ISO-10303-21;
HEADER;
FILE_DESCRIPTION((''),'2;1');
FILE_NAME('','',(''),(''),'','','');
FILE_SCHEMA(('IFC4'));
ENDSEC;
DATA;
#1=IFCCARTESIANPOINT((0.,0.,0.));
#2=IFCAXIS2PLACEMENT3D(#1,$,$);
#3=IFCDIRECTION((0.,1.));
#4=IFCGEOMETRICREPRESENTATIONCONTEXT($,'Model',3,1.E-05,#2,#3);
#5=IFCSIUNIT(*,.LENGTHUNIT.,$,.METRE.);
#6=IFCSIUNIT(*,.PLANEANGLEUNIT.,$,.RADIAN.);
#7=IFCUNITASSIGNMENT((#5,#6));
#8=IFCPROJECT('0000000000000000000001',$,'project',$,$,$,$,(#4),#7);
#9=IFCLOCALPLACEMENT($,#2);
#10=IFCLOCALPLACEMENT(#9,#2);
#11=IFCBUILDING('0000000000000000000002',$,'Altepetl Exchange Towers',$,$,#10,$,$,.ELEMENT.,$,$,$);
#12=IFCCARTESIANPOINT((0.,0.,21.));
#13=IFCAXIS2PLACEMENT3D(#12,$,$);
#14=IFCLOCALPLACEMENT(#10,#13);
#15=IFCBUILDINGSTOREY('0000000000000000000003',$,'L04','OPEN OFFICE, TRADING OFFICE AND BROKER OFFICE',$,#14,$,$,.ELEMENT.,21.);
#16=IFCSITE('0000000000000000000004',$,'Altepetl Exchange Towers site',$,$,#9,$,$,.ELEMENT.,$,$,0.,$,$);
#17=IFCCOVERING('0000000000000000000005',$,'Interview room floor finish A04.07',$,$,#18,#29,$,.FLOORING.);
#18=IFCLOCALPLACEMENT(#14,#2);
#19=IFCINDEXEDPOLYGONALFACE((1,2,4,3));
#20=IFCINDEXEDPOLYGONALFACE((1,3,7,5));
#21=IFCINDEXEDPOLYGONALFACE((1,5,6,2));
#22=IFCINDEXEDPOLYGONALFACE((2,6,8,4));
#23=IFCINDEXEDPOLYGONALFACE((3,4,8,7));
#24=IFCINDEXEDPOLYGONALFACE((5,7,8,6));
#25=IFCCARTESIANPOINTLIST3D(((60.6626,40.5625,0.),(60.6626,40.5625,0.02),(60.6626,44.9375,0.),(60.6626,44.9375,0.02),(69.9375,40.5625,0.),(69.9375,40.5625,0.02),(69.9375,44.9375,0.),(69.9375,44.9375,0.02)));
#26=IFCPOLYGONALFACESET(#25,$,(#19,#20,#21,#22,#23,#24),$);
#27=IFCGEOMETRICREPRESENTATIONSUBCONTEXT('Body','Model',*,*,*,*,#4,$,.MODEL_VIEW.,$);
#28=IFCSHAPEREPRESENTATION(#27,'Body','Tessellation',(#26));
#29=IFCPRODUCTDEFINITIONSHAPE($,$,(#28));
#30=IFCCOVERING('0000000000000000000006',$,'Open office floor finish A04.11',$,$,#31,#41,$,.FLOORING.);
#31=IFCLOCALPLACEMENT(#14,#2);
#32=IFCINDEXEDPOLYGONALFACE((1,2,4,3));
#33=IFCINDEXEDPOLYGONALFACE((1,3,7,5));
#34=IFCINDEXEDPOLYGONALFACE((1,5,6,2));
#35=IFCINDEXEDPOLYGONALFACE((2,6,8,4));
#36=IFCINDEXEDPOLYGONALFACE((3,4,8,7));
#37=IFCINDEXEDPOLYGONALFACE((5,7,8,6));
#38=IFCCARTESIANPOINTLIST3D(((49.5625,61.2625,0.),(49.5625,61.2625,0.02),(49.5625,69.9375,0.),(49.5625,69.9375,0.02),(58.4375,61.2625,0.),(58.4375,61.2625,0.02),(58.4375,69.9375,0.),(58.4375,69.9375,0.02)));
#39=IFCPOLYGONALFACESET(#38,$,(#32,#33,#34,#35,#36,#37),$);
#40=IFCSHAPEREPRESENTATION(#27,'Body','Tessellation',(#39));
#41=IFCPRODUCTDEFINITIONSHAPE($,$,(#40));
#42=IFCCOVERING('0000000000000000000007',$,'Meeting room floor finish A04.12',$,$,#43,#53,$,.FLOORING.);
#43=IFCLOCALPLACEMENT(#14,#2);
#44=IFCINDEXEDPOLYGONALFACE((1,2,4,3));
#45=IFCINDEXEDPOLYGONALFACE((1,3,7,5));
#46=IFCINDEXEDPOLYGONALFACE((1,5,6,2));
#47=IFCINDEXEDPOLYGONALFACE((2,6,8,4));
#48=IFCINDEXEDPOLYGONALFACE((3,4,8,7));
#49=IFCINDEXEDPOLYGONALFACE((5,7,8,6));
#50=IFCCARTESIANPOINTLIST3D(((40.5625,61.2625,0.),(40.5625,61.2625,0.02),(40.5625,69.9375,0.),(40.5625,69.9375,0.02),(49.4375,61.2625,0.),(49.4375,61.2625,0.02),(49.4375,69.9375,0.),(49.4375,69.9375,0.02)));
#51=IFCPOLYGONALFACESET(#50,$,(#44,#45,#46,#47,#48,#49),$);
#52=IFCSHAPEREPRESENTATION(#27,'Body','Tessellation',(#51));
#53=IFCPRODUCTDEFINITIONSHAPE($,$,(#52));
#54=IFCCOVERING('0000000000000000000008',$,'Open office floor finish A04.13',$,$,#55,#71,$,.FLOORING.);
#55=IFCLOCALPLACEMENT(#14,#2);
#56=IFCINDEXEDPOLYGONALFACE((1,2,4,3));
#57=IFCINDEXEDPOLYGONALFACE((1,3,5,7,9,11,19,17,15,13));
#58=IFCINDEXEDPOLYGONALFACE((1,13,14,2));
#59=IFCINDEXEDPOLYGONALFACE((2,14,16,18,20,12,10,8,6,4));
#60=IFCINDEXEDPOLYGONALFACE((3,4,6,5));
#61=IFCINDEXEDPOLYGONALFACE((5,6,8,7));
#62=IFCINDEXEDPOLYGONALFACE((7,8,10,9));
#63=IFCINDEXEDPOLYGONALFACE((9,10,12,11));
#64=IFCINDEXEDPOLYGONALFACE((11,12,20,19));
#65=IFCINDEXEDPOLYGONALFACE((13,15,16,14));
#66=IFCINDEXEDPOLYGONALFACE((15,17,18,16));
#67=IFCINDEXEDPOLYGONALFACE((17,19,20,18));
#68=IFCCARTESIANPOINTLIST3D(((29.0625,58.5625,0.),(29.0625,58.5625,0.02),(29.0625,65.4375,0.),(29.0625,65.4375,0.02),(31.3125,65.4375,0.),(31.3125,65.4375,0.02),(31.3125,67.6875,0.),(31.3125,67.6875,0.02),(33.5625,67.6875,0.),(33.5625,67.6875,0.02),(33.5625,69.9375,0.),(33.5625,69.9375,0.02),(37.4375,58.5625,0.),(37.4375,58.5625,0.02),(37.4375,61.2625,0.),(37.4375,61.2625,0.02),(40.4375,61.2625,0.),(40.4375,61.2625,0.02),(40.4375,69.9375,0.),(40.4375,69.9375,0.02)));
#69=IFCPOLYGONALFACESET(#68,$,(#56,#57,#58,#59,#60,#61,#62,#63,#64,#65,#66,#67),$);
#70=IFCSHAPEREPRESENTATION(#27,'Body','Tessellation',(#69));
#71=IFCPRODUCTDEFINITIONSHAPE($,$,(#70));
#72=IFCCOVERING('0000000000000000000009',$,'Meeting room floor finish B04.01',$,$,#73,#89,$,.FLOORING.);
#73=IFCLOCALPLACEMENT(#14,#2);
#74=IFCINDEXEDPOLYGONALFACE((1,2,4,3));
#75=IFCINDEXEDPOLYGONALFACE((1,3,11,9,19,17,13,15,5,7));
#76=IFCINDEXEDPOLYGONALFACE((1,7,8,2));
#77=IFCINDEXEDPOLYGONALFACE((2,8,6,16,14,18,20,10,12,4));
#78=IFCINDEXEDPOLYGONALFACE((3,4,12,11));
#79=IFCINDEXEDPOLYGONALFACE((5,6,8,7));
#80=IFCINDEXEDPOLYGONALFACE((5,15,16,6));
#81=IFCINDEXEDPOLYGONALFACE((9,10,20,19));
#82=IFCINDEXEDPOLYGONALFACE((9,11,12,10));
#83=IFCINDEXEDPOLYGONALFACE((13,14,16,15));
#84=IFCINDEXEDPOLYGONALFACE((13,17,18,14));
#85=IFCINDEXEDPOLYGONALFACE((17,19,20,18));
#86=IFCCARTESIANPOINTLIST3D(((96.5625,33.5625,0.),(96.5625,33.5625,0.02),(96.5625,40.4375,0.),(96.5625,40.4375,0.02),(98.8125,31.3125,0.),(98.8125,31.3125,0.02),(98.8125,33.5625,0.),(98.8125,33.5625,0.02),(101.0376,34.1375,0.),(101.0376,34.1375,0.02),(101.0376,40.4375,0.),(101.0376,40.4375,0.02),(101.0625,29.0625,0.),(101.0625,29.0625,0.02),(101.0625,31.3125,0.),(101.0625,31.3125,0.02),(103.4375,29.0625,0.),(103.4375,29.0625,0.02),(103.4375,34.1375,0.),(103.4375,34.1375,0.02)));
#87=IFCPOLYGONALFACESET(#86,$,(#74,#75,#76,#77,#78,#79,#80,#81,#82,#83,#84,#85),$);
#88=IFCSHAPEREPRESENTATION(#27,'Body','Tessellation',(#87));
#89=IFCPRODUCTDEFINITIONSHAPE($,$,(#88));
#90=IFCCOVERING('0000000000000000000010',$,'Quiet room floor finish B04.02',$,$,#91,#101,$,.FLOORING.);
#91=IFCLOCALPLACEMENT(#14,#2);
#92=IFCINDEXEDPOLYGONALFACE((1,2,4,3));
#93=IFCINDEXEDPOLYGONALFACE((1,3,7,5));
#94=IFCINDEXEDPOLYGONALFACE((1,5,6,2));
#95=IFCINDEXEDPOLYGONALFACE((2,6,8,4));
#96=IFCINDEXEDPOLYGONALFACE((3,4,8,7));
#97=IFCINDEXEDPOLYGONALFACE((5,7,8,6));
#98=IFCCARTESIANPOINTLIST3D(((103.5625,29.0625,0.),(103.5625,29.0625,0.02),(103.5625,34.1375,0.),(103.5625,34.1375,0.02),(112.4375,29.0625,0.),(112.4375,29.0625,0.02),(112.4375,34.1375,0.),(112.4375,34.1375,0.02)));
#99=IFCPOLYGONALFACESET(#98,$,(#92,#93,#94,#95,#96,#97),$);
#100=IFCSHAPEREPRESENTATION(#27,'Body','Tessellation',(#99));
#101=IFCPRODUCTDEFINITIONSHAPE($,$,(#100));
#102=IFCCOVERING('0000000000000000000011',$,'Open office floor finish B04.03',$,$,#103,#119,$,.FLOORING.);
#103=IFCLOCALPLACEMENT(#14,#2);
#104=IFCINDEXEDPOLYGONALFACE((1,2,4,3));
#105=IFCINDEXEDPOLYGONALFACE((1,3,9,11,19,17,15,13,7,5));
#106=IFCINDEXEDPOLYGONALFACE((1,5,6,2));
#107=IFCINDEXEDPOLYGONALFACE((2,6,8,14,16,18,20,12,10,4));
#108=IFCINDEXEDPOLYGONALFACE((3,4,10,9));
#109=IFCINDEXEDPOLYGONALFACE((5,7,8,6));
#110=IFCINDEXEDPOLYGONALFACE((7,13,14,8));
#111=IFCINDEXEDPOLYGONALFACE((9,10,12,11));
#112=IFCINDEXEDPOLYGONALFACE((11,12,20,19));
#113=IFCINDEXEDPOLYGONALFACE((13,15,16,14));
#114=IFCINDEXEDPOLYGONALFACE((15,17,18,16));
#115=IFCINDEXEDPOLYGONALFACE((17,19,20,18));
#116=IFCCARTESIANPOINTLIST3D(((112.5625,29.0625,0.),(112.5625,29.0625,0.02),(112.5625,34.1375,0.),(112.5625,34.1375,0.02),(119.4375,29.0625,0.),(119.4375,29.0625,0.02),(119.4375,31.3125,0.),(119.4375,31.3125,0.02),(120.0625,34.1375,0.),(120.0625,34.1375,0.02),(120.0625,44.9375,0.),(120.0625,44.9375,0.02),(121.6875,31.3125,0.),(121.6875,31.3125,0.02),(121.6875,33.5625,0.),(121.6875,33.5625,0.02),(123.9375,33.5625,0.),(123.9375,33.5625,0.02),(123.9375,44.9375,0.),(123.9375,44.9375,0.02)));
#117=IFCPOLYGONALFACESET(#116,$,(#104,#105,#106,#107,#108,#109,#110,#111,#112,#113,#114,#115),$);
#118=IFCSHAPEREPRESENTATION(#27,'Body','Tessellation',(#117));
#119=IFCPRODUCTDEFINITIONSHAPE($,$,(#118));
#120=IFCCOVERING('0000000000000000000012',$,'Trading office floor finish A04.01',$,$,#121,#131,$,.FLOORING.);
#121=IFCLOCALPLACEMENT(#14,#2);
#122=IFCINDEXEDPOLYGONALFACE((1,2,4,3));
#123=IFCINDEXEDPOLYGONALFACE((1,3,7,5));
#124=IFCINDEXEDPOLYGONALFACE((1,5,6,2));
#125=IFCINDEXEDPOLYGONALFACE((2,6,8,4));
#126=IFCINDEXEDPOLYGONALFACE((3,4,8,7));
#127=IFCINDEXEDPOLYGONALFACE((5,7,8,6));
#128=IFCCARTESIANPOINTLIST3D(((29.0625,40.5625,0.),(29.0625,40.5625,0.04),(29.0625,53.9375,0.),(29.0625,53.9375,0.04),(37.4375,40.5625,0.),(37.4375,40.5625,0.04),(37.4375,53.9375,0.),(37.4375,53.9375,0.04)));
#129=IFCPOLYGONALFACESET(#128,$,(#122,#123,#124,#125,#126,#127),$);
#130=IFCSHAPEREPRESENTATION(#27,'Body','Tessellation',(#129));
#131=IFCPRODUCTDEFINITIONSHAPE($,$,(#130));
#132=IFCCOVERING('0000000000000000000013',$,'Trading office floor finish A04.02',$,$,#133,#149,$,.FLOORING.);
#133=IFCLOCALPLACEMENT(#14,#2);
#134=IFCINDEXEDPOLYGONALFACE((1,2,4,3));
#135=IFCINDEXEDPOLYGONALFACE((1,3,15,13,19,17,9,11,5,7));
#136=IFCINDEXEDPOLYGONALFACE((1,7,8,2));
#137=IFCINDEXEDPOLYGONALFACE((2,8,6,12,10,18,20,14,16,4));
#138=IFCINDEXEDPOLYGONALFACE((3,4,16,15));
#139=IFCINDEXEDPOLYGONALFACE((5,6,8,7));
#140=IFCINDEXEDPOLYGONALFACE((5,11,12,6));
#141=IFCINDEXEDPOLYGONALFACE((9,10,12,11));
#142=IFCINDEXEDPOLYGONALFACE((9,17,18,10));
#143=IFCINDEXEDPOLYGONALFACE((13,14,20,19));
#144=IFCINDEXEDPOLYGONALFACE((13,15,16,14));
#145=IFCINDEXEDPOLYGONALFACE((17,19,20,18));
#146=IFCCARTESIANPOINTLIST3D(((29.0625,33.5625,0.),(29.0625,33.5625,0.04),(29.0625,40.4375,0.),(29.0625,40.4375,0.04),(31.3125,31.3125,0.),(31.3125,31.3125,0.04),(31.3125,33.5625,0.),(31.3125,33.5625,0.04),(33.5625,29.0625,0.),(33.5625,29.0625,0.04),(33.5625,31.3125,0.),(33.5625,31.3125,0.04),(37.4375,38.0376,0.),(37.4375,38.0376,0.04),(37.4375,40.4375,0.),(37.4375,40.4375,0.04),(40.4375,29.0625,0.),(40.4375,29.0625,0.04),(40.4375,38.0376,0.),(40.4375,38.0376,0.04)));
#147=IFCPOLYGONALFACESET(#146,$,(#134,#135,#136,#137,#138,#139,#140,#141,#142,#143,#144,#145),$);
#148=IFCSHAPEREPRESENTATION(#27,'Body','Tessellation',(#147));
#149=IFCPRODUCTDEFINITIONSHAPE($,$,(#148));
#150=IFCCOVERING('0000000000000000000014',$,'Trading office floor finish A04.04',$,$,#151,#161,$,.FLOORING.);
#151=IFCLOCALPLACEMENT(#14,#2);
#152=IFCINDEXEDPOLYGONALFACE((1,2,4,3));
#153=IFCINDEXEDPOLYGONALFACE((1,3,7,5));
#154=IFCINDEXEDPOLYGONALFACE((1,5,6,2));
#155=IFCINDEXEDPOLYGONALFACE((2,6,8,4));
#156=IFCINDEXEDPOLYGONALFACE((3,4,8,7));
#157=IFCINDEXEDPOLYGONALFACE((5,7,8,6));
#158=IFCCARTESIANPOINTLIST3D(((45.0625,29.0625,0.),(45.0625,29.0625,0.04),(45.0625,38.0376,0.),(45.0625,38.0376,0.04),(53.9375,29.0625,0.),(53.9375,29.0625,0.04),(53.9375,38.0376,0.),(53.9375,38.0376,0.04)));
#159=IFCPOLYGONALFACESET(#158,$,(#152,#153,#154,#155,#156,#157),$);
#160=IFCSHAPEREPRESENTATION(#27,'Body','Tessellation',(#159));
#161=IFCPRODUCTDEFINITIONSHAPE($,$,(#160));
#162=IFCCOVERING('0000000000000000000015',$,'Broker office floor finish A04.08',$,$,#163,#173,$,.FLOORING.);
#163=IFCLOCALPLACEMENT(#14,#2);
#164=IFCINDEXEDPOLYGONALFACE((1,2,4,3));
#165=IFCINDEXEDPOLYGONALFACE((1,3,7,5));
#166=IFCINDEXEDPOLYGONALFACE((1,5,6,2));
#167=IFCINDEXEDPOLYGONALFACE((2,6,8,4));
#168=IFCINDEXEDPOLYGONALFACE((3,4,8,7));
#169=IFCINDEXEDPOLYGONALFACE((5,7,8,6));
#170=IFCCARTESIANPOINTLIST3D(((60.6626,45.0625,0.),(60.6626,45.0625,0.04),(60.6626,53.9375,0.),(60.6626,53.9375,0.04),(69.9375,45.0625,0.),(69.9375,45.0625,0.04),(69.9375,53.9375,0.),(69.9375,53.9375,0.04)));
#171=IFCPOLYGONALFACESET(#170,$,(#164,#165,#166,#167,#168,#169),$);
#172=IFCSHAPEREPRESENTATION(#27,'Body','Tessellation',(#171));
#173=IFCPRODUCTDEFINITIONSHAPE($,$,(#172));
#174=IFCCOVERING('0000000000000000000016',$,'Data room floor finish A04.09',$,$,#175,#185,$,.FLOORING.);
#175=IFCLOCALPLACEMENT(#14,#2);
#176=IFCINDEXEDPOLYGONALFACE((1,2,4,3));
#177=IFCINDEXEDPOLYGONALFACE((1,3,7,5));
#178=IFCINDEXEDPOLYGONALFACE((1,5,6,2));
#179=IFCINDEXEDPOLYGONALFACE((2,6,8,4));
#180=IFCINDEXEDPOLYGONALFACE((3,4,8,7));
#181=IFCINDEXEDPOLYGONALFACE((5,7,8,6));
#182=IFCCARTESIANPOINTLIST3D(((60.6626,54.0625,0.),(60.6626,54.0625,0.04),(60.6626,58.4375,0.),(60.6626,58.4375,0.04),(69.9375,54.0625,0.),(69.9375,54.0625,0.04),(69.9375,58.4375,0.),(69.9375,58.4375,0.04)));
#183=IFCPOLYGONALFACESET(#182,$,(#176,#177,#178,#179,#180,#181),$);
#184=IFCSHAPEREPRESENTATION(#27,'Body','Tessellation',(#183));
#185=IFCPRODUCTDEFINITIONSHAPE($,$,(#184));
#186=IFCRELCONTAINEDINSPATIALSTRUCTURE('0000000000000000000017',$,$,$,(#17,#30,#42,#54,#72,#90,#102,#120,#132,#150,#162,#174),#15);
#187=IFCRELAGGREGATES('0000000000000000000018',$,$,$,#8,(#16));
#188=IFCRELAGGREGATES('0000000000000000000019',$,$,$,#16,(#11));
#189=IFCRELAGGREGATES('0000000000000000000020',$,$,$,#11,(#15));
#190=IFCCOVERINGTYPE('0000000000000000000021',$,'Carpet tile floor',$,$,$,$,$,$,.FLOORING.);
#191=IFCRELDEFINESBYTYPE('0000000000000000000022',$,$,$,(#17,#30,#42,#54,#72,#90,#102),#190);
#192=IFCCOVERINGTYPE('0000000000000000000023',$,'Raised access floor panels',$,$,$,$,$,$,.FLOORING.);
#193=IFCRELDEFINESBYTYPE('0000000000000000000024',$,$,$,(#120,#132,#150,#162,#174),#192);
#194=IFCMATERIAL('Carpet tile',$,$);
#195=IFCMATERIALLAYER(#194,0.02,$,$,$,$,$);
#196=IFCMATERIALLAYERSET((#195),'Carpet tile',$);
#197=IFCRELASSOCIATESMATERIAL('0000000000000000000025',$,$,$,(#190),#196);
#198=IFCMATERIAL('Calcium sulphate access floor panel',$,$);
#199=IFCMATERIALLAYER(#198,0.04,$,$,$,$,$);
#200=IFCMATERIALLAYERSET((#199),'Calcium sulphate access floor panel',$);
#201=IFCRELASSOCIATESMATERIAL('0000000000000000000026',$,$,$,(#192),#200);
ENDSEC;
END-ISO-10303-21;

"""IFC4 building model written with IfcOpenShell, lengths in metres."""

from ifc_helpers import new_model, si_unit, direction, frame, origin, place, context, subcontext, project, spatial, polyline, outline, extrude, material, layer, layer_set, type_object, element, save


model = new_model("IFC4")

# Units and contexts
model_context = context("Model", 3, precision=1e-05, world=origin(), true_north=direction((0.0, 1.0)))
body_context = subcontext(model_context, "Body", "Model", "MODEL_VIEW")
ifc_project = project(units=[si_unit("LENGTHUNIT", "METRE"), si_unit("PLANEANGLEUNIT", "RADIAN")], contexts=[model_context])

# Site, building, storey
site_placement = place(None, origin())
site = spatial("IfcSite", under=ifc_project, at=site_placement, Name="Altepetl Exchange Towers site", CompositionType="ELEMENT", RefElevation=0.0)
building_placement = place(site_placement, origin())
building = spatial("IfcBuilding", under=site, at=building_placement, Name="Altepetl Exchange Towers", CompositionType="ELEMENT")
storey_placement = place(building_placement, frame((0.0, 0.0, 21.0)))
storey = spatial("IfcBuildingStorey", under=building, at=storey_placement, Name="L04", Description="OPEN OFFICE, TRADING OFFICE AND BROKER OFFICE", CompositionType="ELEMENT", Elevation=21.0)

# Coverings
ifc_material_1 = material(Name="Carpet tile")
ifc_layer_1 = layer(ifc_material_1, 0.02)
ifc_layer_set_1 = layer_set([ifc_layer_1], Name="Carpet tile")
covering_type_1 = type_object("IfcCoveringType", Name="Carpet tile floor", PredefinedType="FLOORING", material=ifc_layer_set_1)
covering_1_placement = place(storey_placement, origin())
element("IfcCovering", 1, at=covering_1_placement, inside=storey, type_object=covering_type_1, Name="Interview room floor finish A04.07", PredefinedType="FLOORING", context=body_context, shape_type="SweptSolid", body=[
    extrude(outline(polyline([(69.9375, 44.9375), (60.6626, 44.9375), (60.6626, 40.5625), (69.9375, 40.5625), (69.9375, 44.9375)])), origin(), (0.0, 0.0, 1.0), 0.02),
])
covering_2_placement = place(storey_placement, origin())
element("IfcCovering", 2, at=covering_2_placement, inside=storey, type_object=covering_type_1, Name="Open office floor finish A04.11", PredefinedType="FLOORING", context=body_context, shape_type="SweptSolid", body=[
    extrude(outline(polyline([(49.5625, 69.9375), (49.5625, 61.2625), (58.4375, 61.2625), (58.4375, 69.9375), (49.5625, 69.9375)])), origin(), (0.0, 0.0, 1.0), 0.02),
])
covering_3_placement = place(storey_placement, origin())
element("IfcCovering", 3, at=covering_3_placement, inside=storey, type_object=covering_type_1, Name="Meeting room floor finish A04.12", PredefinedType="FLOORING", context=body_context, shape_type="SweptSolid", body=[
    extrude(outline(polyline([(40.5625, 69.9375), (40.5625, 61.2625), (49.4375, 61.2625), (49.4375, 69.9375), (40.5625, 69.9375)])), origin(), (0.0, 0.0, 1.0), 0.02),
])
covering_4_placement = place(storey_placement, origin())
element("IfcCovering", 4, at=covering_4_placement, inside=storey, type_object=covering_type_1, Name="Open office floor finish A04.13", PredefinedType="FLOORING", context=body_context, shape_type="SweptSolid", body=[
    extrude(outline(polyline([(33.5625, 67.6875), (31.3125, 67.6875), (31.3125, 65.4375), (29.0625, 65.4375), (29.0625, 58.5625), (37.4375, 58.5625), (37.4375, 61.2625), (40.4375, 61.2625), (40.4375, 69.9375), (33.5625, 69.9375), (33.5625, 67.6875)])), origin(), (0.0, 0.0, 1.0), 0.02),
])
covering_5_placement = place(storey_placement, origin())
element("IfcCovering", 5, at=covering_5_placement, inside=storey, type_object=covering_type_1, Name="Meeting room floor finish B04.01", PredefinedType="FLOORING", context=body_context, shape_type="SweptSolid", body=[
    extrude(outline(polyline([(101.0376, 40.4375), (96.5625, 40.4375), (96.5625, 33.5625), (98.8125, 33.5625), (98.8125, 31.3125), (101.0625, 31.3125), (101.0625, 29.0625), (103.4375, 29.0625), (103.4375, 34.1375), (101.0376, 34.1375), (101.0376, 40.4375)])), origin(), (0.0, 0.0, 1.0), 0.02),
])
covering_6_placement = place(storey_placement, origin())
element("IfcCovering", 6, at=covering_6_placement, inside=storey, type_object=covering_type_1, Name="Quiet room floor finish B04.02", PredefinedType="FLOORING", context=body_context, shape_type="SweptSolid", body=[
    extrude(outline(polyline([(103.5625, 34.1375), (103.5625, 29.0625), (112.4375, 29.0625), (112.4375, 34.1375), (103.5625, 34.1375)])), origin(), (0.0, 0.0, 1.0), 0.02),
])
covering_7_placement = place(storey_placement, origin())
element("IfcCovering", 7, at=covering_7_placement, inside=storey, type_object=covering_type_1, Name="Open office floor finish B04.03", PredefinedType="FLOORING", context=body_context, shape_type="SweptSolid", body=[
    extrude(outline(polyline([(123.9375, 44.9375), (120.0625, 44.9375), (120.0625, 34.1375), (112.5625, 34.1375), (112.5625, 29.0625), (119.4375, 29.0625), (119.4375, 31.3125), (121.6875, 31.3125), (121.6875, 33.5625), (123.9375, 33.5625), (123.9375, 44.9375)])), origin(), (0.0, 0.0, 1.0), 0.02),
])
ifc_material_2 = material(Name="Calcium sulphate access floor panel")
ifc_layer_2 = layer(ifc_material_2, 0.04)
ifc_layer_set_2 = layer_set([ifc_layer_2], Name="Calcium sulphate access floor panel")
covering_type_2 = type_object("IfcCoveringType", Name="Raised access floor panels", PredefinedType="FLOORING", material=ifc_layer_set_2)
covering_8_placement = place(storey_placement, origin())
element("IfcCovering", 8, at=covering_8_placement, inside=storey, type_object=covering_type_2, Name="Trading office floor finish A04.01", PredefinedType="FLOORING", context=body_context, shape_type="SweptSolid", body=[
    extrude(outline(polyline([(29.0625, 40.5625), (37.4375, 40.5625), (37.4375, 53.9375), (29.0625, 53.9375), (29.0625, 40.5625)])), origin(), (0.0, 0.0, 1.0), 0.04),
])
covering_9_placement = place(storey_placement, origin())
element("IfcCovering", 9, at=covering_9_placement, inside=storey, type_object=covering_type_2, Name="Trading office floor finish A04.02", PredefinedType="FLOORING", context=body_context, shape_type="SweptSolid", body=[
    extrude(outline(polyline([(40.4375, 29.0625), (40.4375, 38.0376), (37.4375, 38.0376), (37.4375, 40.4375), (29.0625, 40.4375), (29.0625, 33.5625), (31.3125, 33.5625), (31.3125, 31.3125), (33.5625, 31.3125), (33.5625, 29.0625), (40.4375, 29.0625)])), origin(), (0.0, 0.0, 1.0), 0.04),
])
covering_10_placement = place(storey_placement, origin())
element("IfcCovering", 10, at=covering_10_placement, inside=storey, type_object=covering_type_2, Name="Trading office floor finish A04.04", PredefinedType="FLOORING", context=body_context, shape_type="SweptSolid", body=[
    extrude(outline(polyline([(53.9375, 29.0625), (53.9375, 38.0376), (45.0625, 38.0376), (45.0625, 29.0625), (53.9375, 29.0625)])), origin(), (0.0, 0.0, 1.0), 0.04),
])
covering_11_placement = place(storey_placement, origin())
element("IfcCovering", 11, at=covering_11_placement, inside=storey, type_object=covering_type_2, Name="Broker office floor finish A04.08", PredefinedType="FLOORING", context=body_context, shape_type="SweptSolid", body=[
    extrude(outline(polyline([(69.9375, 53.9375), (60.6626, 53.9375), (60.6626, 45.0625), (69.9375, 45.0625), (69.9375, 53.9375)])), origin(), (0.0, 0.0, 1.0), 0.04),
])
covering_12_placement = place(storey_placement, origin())
element("IfcCovering", 12, at=covering_12_placement, inside=storey, type_object=covering_type_2, Name="Data room floor finish A04.09", PredefinedType="FLOORING", context=body_context, shape_type="SweptSolid", body=[
    extrude(outline(polyline([(69.9375, 58.4375), (60.6626, 58.4375), (60.6626, 54.0625), (69.9375, 54.0625), (69.9375, 58.4375)])), origin(), (0.0, 0.0, 1.0), 0.04),
])

save(model, "model.ifc")
